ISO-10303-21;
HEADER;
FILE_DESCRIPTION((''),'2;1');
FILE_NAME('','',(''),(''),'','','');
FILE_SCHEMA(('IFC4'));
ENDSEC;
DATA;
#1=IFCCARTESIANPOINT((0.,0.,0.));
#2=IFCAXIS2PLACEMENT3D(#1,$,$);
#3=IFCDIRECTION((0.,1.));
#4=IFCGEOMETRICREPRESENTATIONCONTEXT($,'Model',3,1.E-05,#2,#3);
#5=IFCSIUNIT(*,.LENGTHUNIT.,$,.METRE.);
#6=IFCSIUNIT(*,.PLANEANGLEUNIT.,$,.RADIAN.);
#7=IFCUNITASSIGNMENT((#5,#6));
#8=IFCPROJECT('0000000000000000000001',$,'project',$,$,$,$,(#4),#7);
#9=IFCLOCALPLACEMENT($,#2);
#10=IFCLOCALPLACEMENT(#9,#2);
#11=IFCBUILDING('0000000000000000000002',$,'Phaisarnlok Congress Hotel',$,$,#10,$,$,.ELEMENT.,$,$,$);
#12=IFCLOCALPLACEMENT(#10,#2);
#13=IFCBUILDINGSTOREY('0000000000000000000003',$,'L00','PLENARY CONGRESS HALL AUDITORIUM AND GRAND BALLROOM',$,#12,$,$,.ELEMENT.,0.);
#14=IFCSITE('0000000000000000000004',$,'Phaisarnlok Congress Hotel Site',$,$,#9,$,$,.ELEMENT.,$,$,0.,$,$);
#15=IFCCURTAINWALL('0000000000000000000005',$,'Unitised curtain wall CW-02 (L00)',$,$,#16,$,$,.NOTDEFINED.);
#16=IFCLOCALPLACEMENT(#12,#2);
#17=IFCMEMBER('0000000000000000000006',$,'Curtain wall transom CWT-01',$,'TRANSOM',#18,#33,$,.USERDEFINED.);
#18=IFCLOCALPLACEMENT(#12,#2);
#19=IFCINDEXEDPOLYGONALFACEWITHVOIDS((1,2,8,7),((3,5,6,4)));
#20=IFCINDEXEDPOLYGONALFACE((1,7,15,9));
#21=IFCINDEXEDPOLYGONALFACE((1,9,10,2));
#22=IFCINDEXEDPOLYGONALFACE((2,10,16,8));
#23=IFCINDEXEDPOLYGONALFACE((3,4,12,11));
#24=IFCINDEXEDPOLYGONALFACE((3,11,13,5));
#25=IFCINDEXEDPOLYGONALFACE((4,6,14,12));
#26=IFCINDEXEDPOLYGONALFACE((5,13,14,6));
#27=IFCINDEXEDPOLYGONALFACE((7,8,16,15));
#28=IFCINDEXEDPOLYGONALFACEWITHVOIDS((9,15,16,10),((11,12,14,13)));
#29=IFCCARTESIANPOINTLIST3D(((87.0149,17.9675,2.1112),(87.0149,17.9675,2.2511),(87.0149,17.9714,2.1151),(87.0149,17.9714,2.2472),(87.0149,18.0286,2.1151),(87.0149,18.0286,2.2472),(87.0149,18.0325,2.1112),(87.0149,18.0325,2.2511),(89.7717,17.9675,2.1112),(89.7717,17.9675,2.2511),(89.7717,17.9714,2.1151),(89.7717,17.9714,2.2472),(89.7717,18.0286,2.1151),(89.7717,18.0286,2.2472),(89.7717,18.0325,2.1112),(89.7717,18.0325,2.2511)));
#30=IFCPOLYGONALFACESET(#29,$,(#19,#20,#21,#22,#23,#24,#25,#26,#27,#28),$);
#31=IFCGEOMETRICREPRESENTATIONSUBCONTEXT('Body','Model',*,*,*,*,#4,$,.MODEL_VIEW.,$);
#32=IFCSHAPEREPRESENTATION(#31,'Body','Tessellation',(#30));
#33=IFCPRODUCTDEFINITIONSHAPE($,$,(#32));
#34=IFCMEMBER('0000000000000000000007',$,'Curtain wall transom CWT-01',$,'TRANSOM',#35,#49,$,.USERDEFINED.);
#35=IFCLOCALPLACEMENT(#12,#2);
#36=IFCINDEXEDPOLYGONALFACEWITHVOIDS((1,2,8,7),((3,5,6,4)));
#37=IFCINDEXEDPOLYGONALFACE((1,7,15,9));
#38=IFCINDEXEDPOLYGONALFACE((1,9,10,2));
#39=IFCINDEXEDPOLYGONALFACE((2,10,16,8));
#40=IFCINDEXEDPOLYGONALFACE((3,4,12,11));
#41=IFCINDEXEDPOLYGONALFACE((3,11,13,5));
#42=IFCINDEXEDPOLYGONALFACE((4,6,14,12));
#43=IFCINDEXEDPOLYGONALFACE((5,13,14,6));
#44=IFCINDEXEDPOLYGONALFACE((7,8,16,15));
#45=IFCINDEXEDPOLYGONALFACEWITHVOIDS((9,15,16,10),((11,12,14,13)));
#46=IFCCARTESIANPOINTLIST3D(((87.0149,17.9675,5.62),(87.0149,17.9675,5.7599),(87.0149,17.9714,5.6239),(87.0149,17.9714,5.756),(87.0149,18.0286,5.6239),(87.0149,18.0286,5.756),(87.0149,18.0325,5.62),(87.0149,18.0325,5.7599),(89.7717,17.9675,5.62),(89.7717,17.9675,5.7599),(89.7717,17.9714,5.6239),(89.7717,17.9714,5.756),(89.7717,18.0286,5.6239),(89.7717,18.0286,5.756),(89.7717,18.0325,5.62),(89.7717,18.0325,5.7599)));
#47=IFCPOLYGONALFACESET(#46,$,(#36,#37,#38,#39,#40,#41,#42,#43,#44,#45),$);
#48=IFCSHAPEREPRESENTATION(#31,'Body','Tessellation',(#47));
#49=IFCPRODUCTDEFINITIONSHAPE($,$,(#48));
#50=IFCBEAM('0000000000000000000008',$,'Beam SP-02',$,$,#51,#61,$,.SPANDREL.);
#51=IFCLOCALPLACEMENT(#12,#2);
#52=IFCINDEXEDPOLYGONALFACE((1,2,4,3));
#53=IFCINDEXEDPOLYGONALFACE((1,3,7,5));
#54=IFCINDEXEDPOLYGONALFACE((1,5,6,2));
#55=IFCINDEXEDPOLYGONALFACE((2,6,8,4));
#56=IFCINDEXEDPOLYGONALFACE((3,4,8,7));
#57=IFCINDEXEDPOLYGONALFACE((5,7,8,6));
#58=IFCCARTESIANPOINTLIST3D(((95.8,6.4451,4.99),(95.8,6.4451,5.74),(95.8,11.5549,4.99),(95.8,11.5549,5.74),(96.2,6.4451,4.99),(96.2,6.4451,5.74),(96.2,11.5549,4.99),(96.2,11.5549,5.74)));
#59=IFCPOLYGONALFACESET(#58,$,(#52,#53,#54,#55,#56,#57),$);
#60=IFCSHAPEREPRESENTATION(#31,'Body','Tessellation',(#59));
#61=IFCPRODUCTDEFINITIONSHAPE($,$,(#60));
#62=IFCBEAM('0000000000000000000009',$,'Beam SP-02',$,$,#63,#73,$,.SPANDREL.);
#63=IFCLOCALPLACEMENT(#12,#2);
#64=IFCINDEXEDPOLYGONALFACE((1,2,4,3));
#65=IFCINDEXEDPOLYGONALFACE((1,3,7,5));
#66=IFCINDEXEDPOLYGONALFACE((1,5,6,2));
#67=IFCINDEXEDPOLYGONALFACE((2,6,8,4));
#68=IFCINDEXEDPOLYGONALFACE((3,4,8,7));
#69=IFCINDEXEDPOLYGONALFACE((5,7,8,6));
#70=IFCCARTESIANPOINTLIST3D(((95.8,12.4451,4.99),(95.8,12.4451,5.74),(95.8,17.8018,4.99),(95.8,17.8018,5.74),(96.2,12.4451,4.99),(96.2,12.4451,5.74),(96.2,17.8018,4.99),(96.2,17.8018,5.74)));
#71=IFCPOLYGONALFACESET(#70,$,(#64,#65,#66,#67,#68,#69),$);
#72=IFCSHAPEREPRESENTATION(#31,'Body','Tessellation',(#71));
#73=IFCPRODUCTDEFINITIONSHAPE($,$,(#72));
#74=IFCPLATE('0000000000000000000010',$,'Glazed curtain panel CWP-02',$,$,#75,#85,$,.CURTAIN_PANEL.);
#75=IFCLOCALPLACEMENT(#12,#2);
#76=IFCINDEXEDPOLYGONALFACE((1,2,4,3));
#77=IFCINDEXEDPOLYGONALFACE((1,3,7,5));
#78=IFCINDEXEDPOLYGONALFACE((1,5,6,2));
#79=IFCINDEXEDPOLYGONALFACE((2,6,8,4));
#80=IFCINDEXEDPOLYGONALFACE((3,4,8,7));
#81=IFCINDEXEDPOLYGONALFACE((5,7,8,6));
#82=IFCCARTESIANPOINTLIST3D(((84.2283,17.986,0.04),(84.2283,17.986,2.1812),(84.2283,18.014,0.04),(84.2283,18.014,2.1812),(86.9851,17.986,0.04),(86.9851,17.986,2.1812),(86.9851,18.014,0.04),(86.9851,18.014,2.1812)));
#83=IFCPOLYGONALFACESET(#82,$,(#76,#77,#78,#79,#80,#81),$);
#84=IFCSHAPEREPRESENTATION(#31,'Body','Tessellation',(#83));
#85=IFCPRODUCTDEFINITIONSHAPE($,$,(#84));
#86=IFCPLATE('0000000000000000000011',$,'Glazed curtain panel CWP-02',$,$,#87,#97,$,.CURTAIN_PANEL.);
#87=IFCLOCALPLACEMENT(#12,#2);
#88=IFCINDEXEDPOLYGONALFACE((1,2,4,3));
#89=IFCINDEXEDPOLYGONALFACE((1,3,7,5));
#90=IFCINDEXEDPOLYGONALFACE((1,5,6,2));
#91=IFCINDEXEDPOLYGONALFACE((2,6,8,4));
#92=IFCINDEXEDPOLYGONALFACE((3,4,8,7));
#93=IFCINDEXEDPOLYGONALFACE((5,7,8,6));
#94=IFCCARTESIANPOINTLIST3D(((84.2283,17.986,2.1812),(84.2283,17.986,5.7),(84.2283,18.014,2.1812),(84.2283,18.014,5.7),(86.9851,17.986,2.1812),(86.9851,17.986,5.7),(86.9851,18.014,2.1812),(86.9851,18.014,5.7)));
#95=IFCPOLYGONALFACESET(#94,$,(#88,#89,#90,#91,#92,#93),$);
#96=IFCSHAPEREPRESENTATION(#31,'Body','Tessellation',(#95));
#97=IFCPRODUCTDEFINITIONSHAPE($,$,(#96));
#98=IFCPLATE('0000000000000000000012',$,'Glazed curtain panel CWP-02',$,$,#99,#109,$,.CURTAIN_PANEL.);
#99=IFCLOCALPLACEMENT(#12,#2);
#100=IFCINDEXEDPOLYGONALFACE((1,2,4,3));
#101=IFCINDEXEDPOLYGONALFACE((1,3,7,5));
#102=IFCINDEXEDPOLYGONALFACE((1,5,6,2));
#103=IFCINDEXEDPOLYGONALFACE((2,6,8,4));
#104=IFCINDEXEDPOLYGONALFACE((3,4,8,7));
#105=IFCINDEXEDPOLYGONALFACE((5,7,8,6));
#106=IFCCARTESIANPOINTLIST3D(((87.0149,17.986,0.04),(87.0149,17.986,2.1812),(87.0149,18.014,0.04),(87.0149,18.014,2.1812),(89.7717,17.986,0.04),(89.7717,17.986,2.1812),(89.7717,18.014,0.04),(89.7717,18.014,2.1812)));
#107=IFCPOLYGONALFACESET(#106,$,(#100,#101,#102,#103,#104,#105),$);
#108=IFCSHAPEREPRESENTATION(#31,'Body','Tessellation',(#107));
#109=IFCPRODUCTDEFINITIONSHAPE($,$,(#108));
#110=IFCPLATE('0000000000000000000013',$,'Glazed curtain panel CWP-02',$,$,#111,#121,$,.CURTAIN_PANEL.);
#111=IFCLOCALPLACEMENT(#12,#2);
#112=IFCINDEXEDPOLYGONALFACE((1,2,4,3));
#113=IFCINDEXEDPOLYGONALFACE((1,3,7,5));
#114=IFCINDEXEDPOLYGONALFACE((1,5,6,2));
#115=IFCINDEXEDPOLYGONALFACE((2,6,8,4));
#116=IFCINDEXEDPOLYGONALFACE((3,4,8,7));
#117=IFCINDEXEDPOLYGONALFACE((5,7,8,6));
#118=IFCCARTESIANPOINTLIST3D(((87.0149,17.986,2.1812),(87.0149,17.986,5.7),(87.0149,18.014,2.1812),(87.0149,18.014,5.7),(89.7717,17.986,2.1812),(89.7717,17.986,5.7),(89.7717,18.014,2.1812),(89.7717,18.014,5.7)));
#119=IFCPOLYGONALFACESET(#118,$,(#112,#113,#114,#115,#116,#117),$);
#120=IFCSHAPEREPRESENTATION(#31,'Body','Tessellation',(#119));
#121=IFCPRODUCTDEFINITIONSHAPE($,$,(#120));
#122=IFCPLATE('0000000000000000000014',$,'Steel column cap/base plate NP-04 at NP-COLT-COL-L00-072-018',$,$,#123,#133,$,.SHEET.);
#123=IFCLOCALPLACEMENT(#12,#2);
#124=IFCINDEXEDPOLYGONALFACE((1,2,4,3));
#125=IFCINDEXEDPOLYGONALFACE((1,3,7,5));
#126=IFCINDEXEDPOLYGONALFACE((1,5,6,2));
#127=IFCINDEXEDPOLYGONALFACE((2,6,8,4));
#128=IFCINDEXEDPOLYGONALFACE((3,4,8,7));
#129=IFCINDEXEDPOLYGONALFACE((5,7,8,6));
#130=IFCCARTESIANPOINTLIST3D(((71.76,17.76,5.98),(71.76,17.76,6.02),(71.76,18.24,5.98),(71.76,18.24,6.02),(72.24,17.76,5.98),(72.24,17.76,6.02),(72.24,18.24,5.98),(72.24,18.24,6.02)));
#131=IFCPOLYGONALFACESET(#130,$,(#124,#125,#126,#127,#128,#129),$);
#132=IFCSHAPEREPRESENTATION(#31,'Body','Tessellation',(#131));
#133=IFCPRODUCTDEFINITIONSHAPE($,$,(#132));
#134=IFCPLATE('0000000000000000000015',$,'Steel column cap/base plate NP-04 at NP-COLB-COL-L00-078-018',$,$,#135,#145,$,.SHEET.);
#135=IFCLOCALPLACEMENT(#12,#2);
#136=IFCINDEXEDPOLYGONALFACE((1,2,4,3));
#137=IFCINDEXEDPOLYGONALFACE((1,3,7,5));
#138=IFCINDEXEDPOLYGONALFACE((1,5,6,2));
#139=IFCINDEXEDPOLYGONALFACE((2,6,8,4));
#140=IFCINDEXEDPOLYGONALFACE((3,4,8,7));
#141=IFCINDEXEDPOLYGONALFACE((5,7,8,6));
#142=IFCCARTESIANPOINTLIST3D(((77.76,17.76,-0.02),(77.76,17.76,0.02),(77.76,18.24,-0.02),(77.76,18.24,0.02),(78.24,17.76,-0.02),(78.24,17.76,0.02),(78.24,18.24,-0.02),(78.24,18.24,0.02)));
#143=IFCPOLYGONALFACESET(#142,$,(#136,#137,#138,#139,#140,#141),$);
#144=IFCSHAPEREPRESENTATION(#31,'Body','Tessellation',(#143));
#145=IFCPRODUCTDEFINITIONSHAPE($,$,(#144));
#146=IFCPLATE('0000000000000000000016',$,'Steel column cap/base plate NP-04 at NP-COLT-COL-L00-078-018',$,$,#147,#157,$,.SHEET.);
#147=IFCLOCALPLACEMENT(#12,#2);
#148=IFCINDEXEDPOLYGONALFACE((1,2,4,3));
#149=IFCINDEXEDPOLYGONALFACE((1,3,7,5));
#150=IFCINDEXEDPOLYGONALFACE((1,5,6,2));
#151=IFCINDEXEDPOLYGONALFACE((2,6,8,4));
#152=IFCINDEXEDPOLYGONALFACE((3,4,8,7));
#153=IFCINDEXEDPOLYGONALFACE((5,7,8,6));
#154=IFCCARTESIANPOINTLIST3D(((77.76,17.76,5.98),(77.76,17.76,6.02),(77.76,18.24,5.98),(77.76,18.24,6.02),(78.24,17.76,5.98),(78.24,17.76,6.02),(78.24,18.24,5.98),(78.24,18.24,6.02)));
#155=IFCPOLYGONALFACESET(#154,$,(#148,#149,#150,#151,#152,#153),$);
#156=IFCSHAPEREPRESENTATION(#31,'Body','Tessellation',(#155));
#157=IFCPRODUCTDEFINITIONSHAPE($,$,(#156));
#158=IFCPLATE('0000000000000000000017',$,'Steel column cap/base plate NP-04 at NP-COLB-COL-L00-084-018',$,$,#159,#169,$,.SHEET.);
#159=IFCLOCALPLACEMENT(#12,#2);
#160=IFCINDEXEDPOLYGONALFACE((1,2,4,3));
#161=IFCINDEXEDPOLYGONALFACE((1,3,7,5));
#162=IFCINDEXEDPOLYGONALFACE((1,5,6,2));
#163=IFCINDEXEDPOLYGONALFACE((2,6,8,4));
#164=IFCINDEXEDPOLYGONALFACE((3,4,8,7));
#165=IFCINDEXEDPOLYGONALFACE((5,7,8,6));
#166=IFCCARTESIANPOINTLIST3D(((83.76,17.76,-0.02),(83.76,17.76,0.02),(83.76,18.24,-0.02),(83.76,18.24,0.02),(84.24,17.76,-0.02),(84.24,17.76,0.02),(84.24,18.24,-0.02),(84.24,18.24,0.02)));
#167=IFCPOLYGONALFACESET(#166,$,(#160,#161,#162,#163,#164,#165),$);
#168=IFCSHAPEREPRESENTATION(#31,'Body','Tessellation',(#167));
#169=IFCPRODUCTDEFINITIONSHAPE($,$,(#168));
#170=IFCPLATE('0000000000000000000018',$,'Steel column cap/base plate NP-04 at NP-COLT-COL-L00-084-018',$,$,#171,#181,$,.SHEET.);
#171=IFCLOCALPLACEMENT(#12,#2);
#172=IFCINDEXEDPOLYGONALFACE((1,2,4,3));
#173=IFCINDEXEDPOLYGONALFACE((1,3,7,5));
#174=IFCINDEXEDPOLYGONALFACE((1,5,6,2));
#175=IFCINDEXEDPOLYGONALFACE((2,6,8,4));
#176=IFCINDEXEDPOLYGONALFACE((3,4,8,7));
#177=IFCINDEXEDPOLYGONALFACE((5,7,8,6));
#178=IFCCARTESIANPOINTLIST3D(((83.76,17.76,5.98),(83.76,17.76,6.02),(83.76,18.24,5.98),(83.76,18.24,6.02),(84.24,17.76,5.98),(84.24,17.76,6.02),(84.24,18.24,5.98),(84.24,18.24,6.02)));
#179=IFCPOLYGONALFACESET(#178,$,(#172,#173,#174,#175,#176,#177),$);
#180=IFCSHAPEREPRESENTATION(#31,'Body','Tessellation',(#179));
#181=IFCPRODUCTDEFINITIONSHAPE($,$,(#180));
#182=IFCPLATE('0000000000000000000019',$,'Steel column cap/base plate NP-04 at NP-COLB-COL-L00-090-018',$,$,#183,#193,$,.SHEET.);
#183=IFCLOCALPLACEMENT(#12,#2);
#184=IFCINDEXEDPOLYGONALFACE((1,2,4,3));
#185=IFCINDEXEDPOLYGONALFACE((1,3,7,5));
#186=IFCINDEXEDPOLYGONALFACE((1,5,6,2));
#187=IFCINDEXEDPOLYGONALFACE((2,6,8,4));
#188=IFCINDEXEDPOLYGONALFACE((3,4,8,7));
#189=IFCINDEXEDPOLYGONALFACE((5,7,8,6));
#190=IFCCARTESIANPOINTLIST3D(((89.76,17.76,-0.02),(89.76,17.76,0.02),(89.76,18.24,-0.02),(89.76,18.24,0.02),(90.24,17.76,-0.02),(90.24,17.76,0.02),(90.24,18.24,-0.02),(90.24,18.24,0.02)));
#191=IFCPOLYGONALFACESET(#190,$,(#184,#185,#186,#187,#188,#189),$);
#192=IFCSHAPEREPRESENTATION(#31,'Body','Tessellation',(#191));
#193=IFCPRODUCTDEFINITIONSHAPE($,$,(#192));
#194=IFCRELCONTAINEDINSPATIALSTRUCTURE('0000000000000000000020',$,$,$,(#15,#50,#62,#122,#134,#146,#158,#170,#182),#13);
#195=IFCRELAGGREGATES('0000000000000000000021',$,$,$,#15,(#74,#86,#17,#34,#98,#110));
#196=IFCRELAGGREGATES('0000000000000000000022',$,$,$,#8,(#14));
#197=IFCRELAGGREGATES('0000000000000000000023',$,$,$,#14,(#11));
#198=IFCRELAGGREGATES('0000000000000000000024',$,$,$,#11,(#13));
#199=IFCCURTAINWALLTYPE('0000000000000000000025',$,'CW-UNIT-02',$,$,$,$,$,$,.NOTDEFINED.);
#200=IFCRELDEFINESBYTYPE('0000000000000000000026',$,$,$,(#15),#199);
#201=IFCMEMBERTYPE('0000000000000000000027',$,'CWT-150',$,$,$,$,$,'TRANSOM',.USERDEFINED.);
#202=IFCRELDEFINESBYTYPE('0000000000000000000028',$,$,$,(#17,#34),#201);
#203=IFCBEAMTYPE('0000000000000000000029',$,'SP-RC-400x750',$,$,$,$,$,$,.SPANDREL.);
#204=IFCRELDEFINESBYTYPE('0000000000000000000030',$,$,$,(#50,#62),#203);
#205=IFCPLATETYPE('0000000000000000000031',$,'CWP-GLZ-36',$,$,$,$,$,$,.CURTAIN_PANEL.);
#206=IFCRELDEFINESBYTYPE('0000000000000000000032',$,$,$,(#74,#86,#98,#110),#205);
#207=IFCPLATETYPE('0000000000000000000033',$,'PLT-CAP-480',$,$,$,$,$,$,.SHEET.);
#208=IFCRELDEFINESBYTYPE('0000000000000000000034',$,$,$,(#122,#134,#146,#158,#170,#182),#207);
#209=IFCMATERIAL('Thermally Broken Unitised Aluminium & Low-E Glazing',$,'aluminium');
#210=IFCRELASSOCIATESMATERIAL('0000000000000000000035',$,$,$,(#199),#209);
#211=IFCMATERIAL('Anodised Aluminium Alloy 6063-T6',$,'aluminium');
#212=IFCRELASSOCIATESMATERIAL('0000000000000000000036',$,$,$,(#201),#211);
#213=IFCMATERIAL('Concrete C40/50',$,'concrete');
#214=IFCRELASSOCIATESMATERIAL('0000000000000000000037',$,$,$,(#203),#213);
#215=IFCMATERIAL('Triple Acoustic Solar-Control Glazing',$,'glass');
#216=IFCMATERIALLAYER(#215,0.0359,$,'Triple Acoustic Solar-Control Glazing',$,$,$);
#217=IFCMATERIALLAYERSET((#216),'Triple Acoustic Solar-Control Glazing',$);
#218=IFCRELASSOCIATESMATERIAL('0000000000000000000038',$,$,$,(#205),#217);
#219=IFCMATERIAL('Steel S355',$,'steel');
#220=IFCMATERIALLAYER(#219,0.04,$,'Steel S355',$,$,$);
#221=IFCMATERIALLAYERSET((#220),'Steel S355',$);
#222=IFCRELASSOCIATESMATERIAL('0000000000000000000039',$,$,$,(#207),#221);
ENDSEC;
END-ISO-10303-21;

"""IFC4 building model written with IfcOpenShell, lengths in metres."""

from ifc_helpers import new_model, si_unit, direction, frame, frame_2d, origin, origin_2d, place, context, subcontext, project, spatial, rectangle, hollow_rectangle, extrude, material, layer, layer_set, material_profile, profile_set, type_object, element, aggregate, save


model = new_model("IFC4")

# Units and contexts
model_context = context("Model", 3, precision=1e-05, world=origin(), true_north=direction((0.0, 1.0)))
body_context = subcontext(model_context, "Body", "Model", "MODEL_VIEW")
ifc_project = project(units=[si_unit("LENGTHUNIT", "METRE"), si_unit("PLANEANGLEUNIT", "RADIAN")], contexts=[model_context])

# Site, building, storey
site_placement = place(None, origin())
site = spatial("IfcSite", under=ifc_project, at=site_placement, Name="Phaisarnlok Congress Hotel Site", CompositionType="ELEMENT", RefElevation=0.0)
building_placement = place(site_placement, origin())
building = spatial("IfcBuilding", under=site, at=building_placement, Name="Phaisarnlok Congress Hotel", CompositionType="ELEMENT")
storey_placement = place(building_placement, origin())
storey = spatial("IfcBuildingStorey", under=building, at=storey_placement, Name="L00", Description="PLENARY CONGRESS HALL AUDITORIUM AND GRAND BALLROOM", CompositionType="ELEMENT", Elevation=0.0)

# Shared definitions
ifc_material_1 = material(Name="Steel S355", Category="steel")

# Curtain wall, members
ifc_material_2 = material(Name="Thermally Broken Unitised Aluminium & Low-E Glazing", Category="aluminium")
curtain_wall_type = type_object("IfcCurtainWallType", Name="CW-UNIT-02", PredefinedType="NOTDEFINED", material=ifc_material_2)
curtain_wall_placement = place(storey_placement, origin())
curtain_wall = element("IfcCurtainWall", 1, at=curtain_wall_placement, inside=storey, type_object=curtain_wall_type, Name="Unitised curtain wall CW-02 (L00)", PredefinedType="NOTDEFINED")
ifc_material_3 = material(Name="Anodised Aluminium Alloy 6063-T6", Category="aluminium")
ifc_material_profile_1 = material_profile(ifc_material_3, hollow_rectangle(XDim=0.0649, YDim=0.1399, WallThickness=0.0039, at=origin_2d()), Name="ALU-T 65x140x4")
ifc_profile_set_1 = profile_set([ifc_material_profile_1], Name="Anodised Aluminium Alloy 6063-T6")
member_type_1 = type_object("IfcMemberType", Name="CWT-150", ElementType="TRANSOM", PredefinedType="USERDEFINED", material=ifc_profile_set_1)
member_1_placement = place(storey_placement, frame((87.0149, 18.0, 2.1812), z_axis=(1.0, 0.0, 0.0), x_axis=(0.0, 1.0, 0.0)))
member_1 = element("IfcMember", 2, at=member_1_placement, type_object=member_type_1, Name="Curtain wall transom CWT-01", ObjectType="TRANSOM", PredefinedType="USERDEFINED", context=body_context, shape_type="SweptSolid", body=[
    extrude(hollow_rectangle(XDim=0.0649, YDim=0.1399, WallThickness=0.0039, at=origin_2d()), origin(), (0.0, 0.0, 1.0), 2.7568),
])
member_2_placement = place(storey_placement, frame((87.0149, 18.0, 5.6899), z_axis=(1.0, 0.0, 0.0), x_axis=(0.0, 1.0, 0.0)))
member_2 = element("IfcMember", 3, at=member_2_placement, type_object=member_type_1, Name="Curtain wall transom CWT-01", ObjectType="TRANSOM", PredefinedType="USERDEFINED", context=body_context, shape_type="SweptSolid", body=[
    extrude(hollow_rectangle(XDim=0.0649, YDim=0.1399, WallThickness=0.0039, at=origin_2d()), origin(), (0.0, 0.0, 1.0), 2.7568),
])

# Beams
ifc_material_4 = material(Name="Concrete C40/50", Category="concrete")
ifc_material_profile_2 = material_profile(ifc_material_4, rectangle(XDim=0.3999, YDim=0.75, at=origin_2d()), Name="RC 400x750")
ifc_profile_set_2 = profile_set([ifc_material_profile_2], Name="Concrete C40/50")
beam_type = type_object("IfcBeamType", Name="SP-RC-400x750", PredefinedType="SPANDREL", material=ifc_profile_set_2)
beam_1_placement = place(storey_placement, frame((96.0, 6.4451, 5.365), z_axis=(0.0, 1.0, 0.0), x_axis=(-1.0, 0.0, 0.0)))
element("IfcBeam", 4, at=beam_1_placement, inside=storey, type_object=beam_type, Name="Beam SP-02", PredefinedType="SPANDREL", context=body_context, shape_type="SweptSolid", body=[
    extrude(rectangle(XDim=0.3999, YDim=0.75, at=origin_2d()), origin(), (0.0, 0.0, 1.0), 5.1099),
])
beam_2_placement = place(storey_placement, frame((96.0, 12.4451, 5.365), z_axis=(0.0, 1.0, 0.0), x_axis=(-1.0, 0.0, 0.0)))
element("IfcBeam", 5, at=beam_2_placement, inside=storey, type_object=beam_type, Name="Beam SP-02", PredefinedType="SPANDREL", context=body_context, shape_type="SweptSolid", body=[
    extrude(rectangle(XDim=0.3999, YDim=0.75, at=origin_2d()), origin(), (0.0, 0.0, 1.0), 5.3567),
])

# Plates
ifc_material_5 = material(Name="Triple Acoustic Solar-Control Glazing", Category="glass")
ifc_layer_1 = layer(ifc_material_5, 0.0359, Name="Triple Acoustic Solar-Control Glazing")
ifc_layer_set_1 = layer_set([ifc_layer_1], Name="Triple Acoustic Solar-Control Glazing")
plate_type_1 = type_object("IfcPlateType", Name="CWP-GLZ-36", PredefinedType="CURTAIN_PANEL", material=ifc_layer_set_1)
plate_1_placement = place(storey_placement, frame((84.2283, 18.0, 0.04), z_axis=(0.0, 0.0, 1.0), x_axis=(1.0, 0.0, 0.0)))
plate_1 = element("IfcPlate", 6, at=plate_1_placement, type_object=plate_type_1, Name="Glazed curtain panel CWP-02", PredefinedType="CURTAIN_PANEL", context=body_context, shape_type="SweptSolid", body=[
    extrude(rectangle(XDim=2.7568, YDim=0.0281, at=frame_2d((1.3784, 0.0))), origin(), (0.0, 0.0, 1.0), 2.1411),
])
plate_2_placement = place(storey_placement, frame((84.2283, 18.0, 2.1812), z_axis=(0.0, 0.0, 1.0), x_axis=(1.0, 0.0, 0.0)))
plate_2 = element("IfcPlate", 7, at=plate_2_placement, type_object=plate_type_1, Name="Glazed curtain panel CWP-02", PredefinedType="CURTAIN_PANEL", context=body_context, shape_type="SweptSolid", body=[
    extrude(rectangle(XDim=2.7568, YDim=0.0281, at=frame_2d((1.3784, 0.0))), origin(), (0.0, 0.0, 1.0), 3.5188),
])
plate_3_placement = place(storey_placement, frame((87.0149, 18.0, 0.04), z_axis=(0.0, 0.0, 1.0), x_axis=(1.0, 0.0, 0.0)))
plate_3 = element("IfcPlate", 8, at=plate_3_placement, type_object=plate_type_1, Name="Glazed curtain panel CWP-02", PredefinedType="CURTAIN_PANEL", context=body_context, shape_type="SweptSolid", body=[
    extrude(rectangle(XDim=2.7568, YDim=0.0281, at=frame_2d((1.3784, 0.0))), origin(), (0.0, 0.0, 1.0), 2.1411),
])
plate_4_placement = place(storey_placement, frame((87.0149, 18.0, 2.1812), z_axis=(0.0, 0.0, 1.0), x_axis=(1.0, 0.0, 0.0)))
plate_4 = element("IfcPlate", 9, at=plate_4_placement, type_object=plate_type_1, Name="Glazed curtain panel CWP-02", PredefinedType="CURTAIN_PANEL", context=body_context, shape_type="SweptSolid", body=[
    extrude(rectangle(XDim=2.7568, YDim=0.0281, at=frame_2d((1.3784, 0.0))), origin(), (0.0, 0.0, 1.0), 3.5188),
])
aggregate(curtain_wall, [plate_1, plate_2, member_1, member_2, plate_3, plate_4])

# Plates
ifc_layer_2 = layer(ifc_material_1, 0.04, Name="Steel S355")
ifc_layer_set_2 = layer_set([ifc_layer_2], Name="Steel S355")
plate_type_2 = type_object("IfcPlateType", Name="PLT-CAP-480", PredefinedType="SHEET", material=ifc_layer_set_2)
for number, where, z_axis, x_axis, name in (
    (10, (72.0, 18.0, 5.98), (0.0, 0.0, 1.0), (1.0, 0.0, 0.0), "Steel column cap/base plate NP-04 at NP-COLT-COL-L00-072-018"),
    (11, (78.0, 18.0, -0.02), (0.0, 0.0, 1.0), (1.0, 0.0, 0.0), "Steel column cap/base plate NP-04 at NP-COLB-COL-L00-078-018"),
    (12, (78.0, 18.0, 5.98), (0.0, 0.0, 1.0), (1.0, 0.0, 0.0), "Steel column cap/base plate NP-04 at NP-COLT-COL-L00-078-018"),
    (13, (84.0, 18.0, -0.02), (0.0, 0.0, 1.0), (1.0, 0.0, 0.0), "Steel column cap/base plate NP-04 at NP-COLB-COL-L00-084-018"),
    (14, (84.0, 18.0, 5.98), (0.0, 0.0, 1.0), (1.0, 0.0, 0.0), "Steel column cap/base plate NP-04 at NP-COLT-COL-L00-084-018"),
    (15, (90.0, 18.0, -0.02), (0.0, 0.0, 1.0), (1.0, 0.0, 0.0), "Steel column cap/base plate NP-04 at NP-COLB-COL-L00-090-018"),
):
    element("IfcPlate", number, at=place(storey_placement, frame(where, z_axis=z_axis, x_axis=x_axis)), inside=storey, type_object=plate_type_2, Name=name, PredefinedType="SHEET", context=body_context, shape_type="SweptSolid", body=[
        extrude(rectangle(XDim=0.48, YDim=0.48, at=origin_2d()), origin(), (0.0, 0.0, 1.0), 0.04),
    ])

save(model, "model.ifc")
